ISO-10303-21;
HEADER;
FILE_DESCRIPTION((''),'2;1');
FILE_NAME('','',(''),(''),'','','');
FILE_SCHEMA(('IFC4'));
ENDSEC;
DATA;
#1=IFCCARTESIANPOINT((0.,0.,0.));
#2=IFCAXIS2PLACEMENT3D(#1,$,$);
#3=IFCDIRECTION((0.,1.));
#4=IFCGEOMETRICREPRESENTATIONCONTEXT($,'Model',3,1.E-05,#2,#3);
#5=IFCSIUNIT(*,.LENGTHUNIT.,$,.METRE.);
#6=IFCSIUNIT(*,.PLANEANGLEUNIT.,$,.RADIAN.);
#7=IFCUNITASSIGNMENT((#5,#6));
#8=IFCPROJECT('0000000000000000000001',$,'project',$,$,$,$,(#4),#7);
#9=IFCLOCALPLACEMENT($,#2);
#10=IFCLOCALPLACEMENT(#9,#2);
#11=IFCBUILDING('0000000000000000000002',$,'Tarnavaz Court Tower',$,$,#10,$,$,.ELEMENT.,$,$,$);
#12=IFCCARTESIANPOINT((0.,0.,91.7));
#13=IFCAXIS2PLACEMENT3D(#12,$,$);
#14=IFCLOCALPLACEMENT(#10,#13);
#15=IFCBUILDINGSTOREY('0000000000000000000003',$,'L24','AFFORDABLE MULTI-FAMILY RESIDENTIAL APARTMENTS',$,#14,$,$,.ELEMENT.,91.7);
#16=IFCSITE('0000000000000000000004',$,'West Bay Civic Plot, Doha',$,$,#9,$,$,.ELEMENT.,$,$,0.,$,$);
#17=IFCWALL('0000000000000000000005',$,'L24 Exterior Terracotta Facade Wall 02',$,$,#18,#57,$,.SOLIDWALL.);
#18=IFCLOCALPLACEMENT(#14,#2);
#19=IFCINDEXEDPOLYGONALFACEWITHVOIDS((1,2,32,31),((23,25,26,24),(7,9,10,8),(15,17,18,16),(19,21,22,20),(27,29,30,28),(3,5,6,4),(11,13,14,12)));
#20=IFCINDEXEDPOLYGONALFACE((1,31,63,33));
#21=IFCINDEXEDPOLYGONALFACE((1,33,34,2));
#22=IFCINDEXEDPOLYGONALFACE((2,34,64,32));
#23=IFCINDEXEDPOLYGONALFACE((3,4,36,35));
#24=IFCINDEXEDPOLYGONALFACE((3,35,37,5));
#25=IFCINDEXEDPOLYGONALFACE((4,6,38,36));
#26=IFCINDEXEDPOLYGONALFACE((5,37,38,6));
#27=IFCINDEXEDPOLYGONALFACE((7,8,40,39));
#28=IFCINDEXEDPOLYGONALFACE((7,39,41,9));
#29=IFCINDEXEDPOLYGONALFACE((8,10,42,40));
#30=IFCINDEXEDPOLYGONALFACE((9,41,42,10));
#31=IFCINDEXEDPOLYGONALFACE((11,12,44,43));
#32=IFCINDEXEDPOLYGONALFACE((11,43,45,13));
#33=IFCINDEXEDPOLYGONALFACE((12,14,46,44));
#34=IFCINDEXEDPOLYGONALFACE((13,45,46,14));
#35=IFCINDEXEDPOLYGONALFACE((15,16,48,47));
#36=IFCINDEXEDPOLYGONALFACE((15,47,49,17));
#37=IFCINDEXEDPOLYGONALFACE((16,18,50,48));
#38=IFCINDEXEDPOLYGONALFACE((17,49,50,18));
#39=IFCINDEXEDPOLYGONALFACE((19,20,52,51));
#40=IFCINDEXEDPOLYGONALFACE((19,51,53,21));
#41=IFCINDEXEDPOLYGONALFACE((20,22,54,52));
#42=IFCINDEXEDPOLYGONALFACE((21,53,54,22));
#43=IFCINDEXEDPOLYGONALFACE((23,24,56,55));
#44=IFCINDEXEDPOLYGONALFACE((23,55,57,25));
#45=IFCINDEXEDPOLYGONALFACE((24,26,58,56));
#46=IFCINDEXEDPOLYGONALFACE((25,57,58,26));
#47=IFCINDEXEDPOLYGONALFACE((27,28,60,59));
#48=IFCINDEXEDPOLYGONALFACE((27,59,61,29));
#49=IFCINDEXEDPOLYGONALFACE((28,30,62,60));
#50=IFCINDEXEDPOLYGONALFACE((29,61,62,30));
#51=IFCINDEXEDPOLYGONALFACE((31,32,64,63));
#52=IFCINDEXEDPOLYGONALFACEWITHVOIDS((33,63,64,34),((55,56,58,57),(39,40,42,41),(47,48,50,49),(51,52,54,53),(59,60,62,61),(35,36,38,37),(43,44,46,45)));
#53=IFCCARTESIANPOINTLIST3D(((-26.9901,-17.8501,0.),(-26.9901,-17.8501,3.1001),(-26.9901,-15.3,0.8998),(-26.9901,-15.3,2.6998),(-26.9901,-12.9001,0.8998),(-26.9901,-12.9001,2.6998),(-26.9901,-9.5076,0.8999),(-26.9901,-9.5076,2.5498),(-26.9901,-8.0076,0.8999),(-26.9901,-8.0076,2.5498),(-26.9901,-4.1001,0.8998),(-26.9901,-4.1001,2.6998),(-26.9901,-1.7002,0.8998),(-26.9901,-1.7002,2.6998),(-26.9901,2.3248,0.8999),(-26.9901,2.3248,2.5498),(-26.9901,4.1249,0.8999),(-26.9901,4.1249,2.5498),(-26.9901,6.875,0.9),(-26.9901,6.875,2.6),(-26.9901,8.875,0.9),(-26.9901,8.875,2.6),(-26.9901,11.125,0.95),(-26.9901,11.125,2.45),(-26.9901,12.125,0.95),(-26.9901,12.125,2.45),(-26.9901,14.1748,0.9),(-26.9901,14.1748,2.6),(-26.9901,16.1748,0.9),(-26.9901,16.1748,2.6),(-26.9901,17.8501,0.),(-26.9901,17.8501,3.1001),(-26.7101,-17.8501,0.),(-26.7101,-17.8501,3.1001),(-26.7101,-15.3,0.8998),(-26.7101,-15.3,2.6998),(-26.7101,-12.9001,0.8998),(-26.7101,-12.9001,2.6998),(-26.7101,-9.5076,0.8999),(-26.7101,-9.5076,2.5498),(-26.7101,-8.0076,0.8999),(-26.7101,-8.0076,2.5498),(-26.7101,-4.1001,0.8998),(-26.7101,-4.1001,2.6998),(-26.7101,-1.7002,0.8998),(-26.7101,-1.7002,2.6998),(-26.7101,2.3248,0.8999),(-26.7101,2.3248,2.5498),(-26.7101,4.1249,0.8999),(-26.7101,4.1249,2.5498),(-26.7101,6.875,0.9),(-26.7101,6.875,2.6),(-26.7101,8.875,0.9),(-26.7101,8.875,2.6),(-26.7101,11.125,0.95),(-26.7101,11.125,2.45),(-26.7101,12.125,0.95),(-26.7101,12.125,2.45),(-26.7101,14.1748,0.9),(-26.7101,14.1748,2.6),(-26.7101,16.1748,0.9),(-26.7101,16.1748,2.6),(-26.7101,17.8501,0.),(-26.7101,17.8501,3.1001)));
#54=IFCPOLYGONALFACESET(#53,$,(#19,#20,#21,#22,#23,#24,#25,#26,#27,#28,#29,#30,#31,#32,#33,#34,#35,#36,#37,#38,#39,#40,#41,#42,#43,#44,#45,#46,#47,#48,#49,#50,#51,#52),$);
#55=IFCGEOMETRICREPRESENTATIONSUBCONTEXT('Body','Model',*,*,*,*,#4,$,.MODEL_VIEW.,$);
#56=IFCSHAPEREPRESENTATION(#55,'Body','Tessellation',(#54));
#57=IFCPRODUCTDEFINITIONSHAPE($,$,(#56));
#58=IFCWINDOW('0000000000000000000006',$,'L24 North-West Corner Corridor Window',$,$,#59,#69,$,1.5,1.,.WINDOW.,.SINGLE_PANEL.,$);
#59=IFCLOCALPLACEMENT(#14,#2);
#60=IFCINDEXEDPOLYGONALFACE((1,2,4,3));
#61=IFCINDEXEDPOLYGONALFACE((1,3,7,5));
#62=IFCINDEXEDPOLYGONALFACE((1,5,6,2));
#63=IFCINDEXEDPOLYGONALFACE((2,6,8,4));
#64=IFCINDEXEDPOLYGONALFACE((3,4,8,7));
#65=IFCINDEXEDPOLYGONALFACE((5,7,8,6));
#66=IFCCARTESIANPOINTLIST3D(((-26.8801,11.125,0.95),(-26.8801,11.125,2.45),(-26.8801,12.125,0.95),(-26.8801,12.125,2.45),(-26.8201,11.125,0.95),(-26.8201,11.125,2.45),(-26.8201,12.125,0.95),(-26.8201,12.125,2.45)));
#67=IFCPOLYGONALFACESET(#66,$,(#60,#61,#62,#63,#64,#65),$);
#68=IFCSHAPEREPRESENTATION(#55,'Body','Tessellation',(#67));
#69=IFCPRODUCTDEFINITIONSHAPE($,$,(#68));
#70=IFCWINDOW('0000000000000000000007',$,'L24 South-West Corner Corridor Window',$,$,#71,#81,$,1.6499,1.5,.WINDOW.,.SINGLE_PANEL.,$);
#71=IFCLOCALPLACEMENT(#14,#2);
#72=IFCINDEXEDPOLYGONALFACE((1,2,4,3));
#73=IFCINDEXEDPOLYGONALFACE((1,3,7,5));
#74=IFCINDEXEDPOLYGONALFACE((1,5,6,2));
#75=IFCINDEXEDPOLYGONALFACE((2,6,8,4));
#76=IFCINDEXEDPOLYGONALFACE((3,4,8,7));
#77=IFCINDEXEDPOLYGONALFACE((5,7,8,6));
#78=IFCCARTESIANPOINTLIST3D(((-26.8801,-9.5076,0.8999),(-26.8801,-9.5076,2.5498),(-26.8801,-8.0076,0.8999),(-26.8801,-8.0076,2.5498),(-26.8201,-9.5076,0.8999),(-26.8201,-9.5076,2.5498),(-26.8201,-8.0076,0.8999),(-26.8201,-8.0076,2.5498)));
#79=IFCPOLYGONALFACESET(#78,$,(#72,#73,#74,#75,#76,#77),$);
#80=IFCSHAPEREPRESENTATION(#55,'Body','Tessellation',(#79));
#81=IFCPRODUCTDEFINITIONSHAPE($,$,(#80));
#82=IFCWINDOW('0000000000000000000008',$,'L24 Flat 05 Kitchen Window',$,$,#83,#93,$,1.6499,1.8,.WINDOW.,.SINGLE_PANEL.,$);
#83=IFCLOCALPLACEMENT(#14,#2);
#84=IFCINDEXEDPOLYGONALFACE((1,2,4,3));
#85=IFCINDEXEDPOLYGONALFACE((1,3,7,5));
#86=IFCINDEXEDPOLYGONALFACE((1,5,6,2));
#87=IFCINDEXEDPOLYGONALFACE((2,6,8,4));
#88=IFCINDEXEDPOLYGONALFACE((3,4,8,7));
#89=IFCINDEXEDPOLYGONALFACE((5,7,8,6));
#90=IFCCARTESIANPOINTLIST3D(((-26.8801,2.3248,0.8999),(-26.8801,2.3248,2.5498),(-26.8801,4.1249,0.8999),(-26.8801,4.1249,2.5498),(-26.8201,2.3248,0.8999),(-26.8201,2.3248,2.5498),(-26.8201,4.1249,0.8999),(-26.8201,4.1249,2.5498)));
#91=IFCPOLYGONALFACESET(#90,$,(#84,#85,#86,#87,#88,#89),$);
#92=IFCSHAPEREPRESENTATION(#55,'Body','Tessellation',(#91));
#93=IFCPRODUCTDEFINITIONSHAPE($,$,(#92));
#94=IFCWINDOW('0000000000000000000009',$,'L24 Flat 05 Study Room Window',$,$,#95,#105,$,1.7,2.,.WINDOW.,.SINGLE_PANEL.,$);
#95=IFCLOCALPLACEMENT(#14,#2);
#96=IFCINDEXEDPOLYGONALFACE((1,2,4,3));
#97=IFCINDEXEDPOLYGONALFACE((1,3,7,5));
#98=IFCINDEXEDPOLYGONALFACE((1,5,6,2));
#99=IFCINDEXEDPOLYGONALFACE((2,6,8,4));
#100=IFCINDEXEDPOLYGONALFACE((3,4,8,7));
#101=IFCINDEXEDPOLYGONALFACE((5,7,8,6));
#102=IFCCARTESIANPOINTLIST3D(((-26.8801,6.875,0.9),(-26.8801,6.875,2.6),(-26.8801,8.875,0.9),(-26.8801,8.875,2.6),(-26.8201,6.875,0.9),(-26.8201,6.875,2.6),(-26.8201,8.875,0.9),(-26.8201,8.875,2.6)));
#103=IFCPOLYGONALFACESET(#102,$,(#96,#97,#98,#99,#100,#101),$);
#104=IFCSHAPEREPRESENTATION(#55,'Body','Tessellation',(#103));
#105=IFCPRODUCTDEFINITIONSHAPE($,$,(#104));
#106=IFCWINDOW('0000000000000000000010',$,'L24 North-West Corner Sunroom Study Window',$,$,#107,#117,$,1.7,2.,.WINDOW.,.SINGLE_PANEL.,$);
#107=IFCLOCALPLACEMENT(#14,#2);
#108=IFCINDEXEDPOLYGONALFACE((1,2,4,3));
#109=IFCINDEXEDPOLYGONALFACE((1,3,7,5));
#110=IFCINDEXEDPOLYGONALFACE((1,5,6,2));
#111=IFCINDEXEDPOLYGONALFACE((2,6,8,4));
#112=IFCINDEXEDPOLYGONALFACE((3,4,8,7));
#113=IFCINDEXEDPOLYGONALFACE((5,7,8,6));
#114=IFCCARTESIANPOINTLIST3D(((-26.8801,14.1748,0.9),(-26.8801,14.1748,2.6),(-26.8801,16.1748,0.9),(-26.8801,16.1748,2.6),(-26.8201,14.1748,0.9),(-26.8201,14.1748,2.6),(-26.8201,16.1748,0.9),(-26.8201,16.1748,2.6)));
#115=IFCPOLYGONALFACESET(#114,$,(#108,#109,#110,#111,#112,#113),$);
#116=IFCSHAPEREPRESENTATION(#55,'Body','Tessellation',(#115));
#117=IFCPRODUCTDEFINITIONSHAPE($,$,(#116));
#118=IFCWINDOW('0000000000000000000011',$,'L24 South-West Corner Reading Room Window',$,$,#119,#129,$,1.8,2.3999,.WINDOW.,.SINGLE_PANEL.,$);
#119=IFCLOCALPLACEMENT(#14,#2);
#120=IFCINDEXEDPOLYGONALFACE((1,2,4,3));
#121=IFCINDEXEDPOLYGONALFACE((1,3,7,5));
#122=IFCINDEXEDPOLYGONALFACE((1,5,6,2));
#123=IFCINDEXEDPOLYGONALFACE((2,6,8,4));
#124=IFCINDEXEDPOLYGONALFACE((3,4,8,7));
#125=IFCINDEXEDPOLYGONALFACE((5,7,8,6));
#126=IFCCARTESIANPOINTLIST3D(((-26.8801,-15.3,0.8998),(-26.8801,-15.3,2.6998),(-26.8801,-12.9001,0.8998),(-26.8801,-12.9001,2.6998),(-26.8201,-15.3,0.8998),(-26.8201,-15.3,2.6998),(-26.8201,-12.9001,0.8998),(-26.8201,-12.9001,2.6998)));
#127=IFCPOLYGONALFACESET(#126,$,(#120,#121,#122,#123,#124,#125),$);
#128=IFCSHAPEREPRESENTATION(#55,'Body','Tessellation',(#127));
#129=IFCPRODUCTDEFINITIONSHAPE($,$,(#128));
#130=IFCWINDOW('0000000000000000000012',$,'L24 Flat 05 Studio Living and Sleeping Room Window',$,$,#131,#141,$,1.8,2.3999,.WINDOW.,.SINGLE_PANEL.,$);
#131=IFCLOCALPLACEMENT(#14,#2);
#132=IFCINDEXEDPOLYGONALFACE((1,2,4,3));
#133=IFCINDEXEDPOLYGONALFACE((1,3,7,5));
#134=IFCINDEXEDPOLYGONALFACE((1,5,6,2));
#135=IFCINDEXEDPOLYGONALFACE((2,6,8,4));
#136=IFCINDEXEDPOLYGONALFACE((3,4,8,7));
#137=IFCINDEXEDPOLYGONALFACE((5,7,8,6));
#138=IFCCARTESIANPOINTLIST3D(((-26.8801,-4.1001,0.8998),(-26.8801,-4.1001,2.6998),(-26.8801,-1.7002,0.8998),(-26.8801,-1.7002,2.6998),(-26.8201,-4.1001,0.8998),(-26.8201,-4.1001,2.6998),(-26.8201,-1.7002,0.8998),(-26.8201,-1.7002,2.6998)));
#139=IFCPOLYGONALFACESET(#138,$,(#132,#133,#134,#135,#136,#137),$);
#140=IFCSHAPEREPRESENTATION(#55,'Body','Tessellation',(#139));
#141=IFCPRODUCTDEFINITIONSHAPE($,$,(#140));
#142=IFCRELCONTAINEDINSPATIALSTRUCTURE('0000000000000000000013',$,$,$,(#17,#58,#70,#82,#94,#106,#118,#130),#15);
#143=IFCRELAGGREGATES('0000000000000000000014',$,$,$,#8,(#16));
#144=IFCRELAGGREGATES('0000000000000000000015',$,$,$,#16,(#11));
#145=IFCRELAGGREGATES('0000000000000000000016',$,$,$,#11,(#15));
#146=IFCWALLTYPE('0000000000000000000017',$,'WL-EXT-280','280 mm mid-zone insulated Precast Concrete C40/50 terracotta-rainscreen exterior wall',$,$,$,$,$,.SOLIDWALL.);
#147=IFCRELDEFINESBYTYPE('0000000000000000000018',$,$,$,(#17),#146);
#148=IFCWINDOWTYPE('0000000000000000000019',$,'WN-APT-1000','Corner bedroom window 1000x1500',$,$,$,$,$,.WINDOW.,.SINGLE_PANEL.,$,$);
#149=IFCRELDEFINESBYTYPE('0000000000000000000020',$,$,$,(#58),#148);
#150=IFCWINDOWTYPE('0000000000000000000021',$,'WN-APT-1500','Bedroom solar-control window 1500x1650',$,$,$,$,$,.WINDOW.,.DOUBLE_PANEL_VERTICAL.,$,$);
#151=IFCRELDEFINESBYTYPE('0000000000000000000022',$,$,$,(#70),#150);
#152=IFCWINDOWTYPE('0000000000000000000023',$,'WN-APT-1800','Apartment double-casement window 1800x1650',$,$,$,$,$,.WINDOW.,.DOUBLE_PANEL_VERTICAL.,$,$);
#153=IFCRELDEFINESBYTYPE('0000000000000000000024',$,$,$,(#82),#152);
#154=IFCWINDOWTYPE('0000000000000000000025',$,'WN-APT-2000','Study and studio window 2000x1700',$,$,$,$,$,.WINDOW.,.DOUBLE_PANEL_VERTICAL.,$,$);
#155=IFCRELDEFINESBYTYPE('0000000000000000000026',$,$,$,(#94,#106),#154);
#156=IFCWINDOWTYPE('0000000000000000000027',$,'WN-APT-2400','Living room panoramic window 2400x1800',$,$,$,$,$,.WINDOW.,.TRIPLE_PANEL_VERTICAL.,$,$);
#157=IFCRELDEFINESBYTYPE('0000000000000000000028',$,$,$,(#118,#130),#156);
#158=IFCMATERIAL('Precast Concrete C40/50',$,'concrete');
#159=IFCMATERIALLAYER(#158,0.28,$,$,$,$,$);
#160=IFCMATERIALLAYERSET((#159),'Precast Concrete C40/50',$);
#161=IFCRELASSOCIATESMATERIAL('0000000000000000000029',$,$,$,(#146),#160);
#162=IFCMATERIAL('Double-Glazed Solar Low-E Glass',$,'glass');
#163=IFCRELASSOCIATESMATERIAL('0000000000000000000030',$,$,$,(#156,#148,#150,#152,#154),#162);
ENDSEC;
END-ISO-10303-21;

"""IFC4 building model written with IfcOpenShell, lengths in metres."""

from ifc_helpers import new_model, si_unit, direction, frame, frame_2d, origin, place, context, subcontext, project, spatial, rectangle, extrude, material, layer, layer_set, type_object, element, fill, save


model = new_model("IFC4")

# Units and contexts
model_context = context("Model", 3, precision=1e-05, world=origin(), true_north=direction((0.0, 1.0)))
body_context = subcontext(model_context, "Body", "Model", "MODEL_VIEW")
ifc_project = project(units=[si_unit("LENGTHUNIT", "METRE"), si_unit("PLANEANGLEUNIT", "RADIAN")], contexts=[model_context])

# Site, building, storey
site_placement = place(None, origin())
site = spatial("IfcSite", under=ifc_project, at=site_placement, Name="West Bay Civic Plot, Doha", CompositionType="ELEMENT", RefElevation=0.0)
building_placement = place(site_placement, origin())
building = spatial("IfcBuilding", under=site, at=building_placement, Name="Tarnavaz Court Tower", CompositionType="ELEMENT")
storey_placement = place(building_placement, frame((0.0, 0.0, 91.7)))
storey = spatial("IfcBuildingStorey", under=building, at=storey_placement, Name="L24", Description="AFFORDABLE MULTI-FAMILY RESIDENTIAL APARTMENTS", CompositionType="ELEMENT", Elevation=91.7)

# Shared definitions
ifc_material_1 = material(Name="Precast Concrete C40/50", Category="concrete")
ifc_layer_1 = layer(ifc_material_1, 0.28)
ifc_layer_set_1 = layer_set([ifc_layer_1], Name="Precast Concrete C40/50")
wall_type_1 = type_object("IfcWallType", Name="WL-EXT-280", Description="280 mm mid-zone insulated Precast Concrete C40/50 terracotta-rainscreen exterior wall", PredefinedType="SOLIDWALL", material=ifc_layer_set_1)
ifc_material_2 = material(Name="Double-Glazed Solar Low-E Glass", Category="glass")
window_type_1 = type_object("IfcWindowType", Name="WN-APT-2400", Description="Living room panoramic window 2400x1800", PartitioningType="TRIPLE_PANEL_VERTICAL", PredefinedType="WINDOW", material=ifc_material_2)

# Wall, openings, windows
wall_1_placement = place(storey_placement, frame((-26.8501, -17.8501, 0.0), z_axis=(0.0, 0.0, 1.0), x_axis=(0.0, 1.0, 0.0)))
wall_1 = element("IfcWall", 1, at=wall_1_placement, inside=storey, type_object=wall_type_1, Name="L24 Exterior Terracotta Facade Wall 02", PredefinedType="SOLIDWALL", context=body_context, shape_type="SweptSolid", body=[
    extrude(rectangle(XDim=35.7002, YDim=0.28, at=frame_2d((17.8501, 0.0))), origin(), (0.0, 0.0, 1.0), 3.1001),
])
opening_1_placement = place(wall_1_placement, frame((2.55, 0.0, 0.8999)))
opening_1 = element("IfcOpeningElement", 2, at=opening_1_placement, cuts=wall_1, PredefinedType="OPENING", context=body_context, shape_type="SweptSolid", body=[
    extrude(rectangle(XDim=2.3999, YDim=1.8, at=frame_2d((1.2, 0.8999))), frame((0.0, 0.1499, 0.0), z_axis=(0.0, -1.0, 0.0), x_axis=(1.0, 0.0, 0.0)), (0.0, 0.0, 1.0), 0.3),
])
opening_2_placement = place(wall_1_placement, frame((8.3425, 0.0, 0.8999)))
opening_2 = element("IfcOpeningElement", 3, at=opening_2_placement, cuts=wall_1, PredefinedType="OPENING", context=body_context, shape_type="SweptSolid", body=[
    extrude(rectangle(XDim=1.5, YDim=1.6499, at=frame_2d((0.75, 0.825))), frame((0.0, 0.1499, 0.0), z_axis=(0.0, -1.0, 0.0), x_axis=(1.0, 0.0, 0.0)), (0.0, 0.0, 1.0), 0.3),
])
opening_3_placement = place(wall_1_placement, frame((13.75, 0.0, 0.8999)))
opening_3 = element("IfcOpeningElement", 4, at=opening_3_placement, cuts=wall_1, PredefinedType="OPENING", context=body_context, shape_type="SweptSolid", body=[
    extrude(rectangle(XDim=2.3999, YDim=1.8, at=frame_2d((1.2, 0.8999))), frame((0.0, 0.1499, 0.0), z_axis=(0.0, -1.0, 0.0), x_axis=(1.0, 0.0, 0.0)), (0.0, 0.0, 1.0), 0.3),
])
opening_4_placement = place(wall_1_placement, frame((20.175, 0.0, 0.8999)))
opening_4 = element("IfcOpeningElement", 5, at=opening_4_placement, cuts=wall_1, PredefinedType="OPENING", context=body_context, shape_type="SweptSolid", body=[
    extrude(rectangle(XDim=1.8, YDim=1.6499, at=frame_2d((0.8999, 0.825))), frame((0.0, 0.1499, 0.0), z_axis=(0.0, -1.0, 0.0), x_axis=(1.0, 0.0, 0.0)), (0.0, 0.0, 1.0), 0.3),
])
opening_5_placement = place(wall_1_placement, frame((24.7251, 0.0, 0.8999)))
opening_5 = element("IfcOpeningElement", 6, at=opening_5_placement, cuts=wall_1, PredefinedType="OPENING", context=body_context, shape_type="SweptSolid", body=[
    extrude(rectangle(XDim=2.0, YDim=1.7, at=frame_2d((1.0, 0.8501))), frame((0.0, 0.1499, 0.0), z_axis=(0.0, -1.0, 0.0), x_axis=(1.0, 0.0, 0.0)), (0.0, 0.0, 1.0), 0.3),
])
opening_6_placement = place(wall_1_placement, frame((28.9751, 0.0, 0.95)))
opening_6 = element("IfcOpeningElement", 7, at=opening_6_placement, cuts=wall_1, PredefinedType="OPENING", context=body_context, shape_type="SweptSolid", body=[
    extrude(rectangle(XDim=1.0, YDim=1.5, at=frame_2d((0.5, 0.75))), frame((0.0, 0.1499, 0.0), z_axis=(0.0, -1.0, 0.0), x_axis=(1.0, 0.0, 0.0)), (0.0, 0.0, 1.0), 0.3),
])
opening_7_placement = place(wall_1_placement, frame((32.0249, 0.0, 0.8999)))
opening_7 = element("IfcOpeningElement", 8, at=opening_7_placement, cuts=wall_1, PredefinedType="OPENING", context=body_context, shape_type="SweptSolid", body=[
    extrude(rectangle(XDim=2.0, YDim=1.7, at=frame_2d((1.0, 0.8501))), frame((0.0, 0.1499, 0.0), z_axis=(0.0, -1.0, 0.0), x_axis=(1.0, 0.0, 0.0)), (0.0, 0.0, 1.0), 0.3),
])
window_type_2 = type_object("IfcWindowType", Name="WN-APT-1000", Description="Corner bedroom window 1000x1500", PartitioningType="SINGLE_PANEL", PredefinedType="WINDOW", material=ifc_material_2)
window_1_placement = place(opening_6_placement, origin())
window_1 = element("IfcWindow", 9, at=window_1_placement, inside=storey, type_object=window_type_2, Name="L24 North-West Corner Corridor Window", OverallHeight=1.5, OverallWidth=1.0, PartitioningType="SINGLE_PANEL", PredefinedType="WINDOW", context=body_context, shape_type="SweptSolid", body=[
    extrude(rectangle(XDim=1.0, YDim=1.5, at=frame_2d((0.5, 0.75))), frame((0.0, 0.03, 0.0), z_axis=(0.0, -1.0, 0.0), x_axis=(1.0, 0.0, 0.0)), (0.0, 0.0, 1.0), 0.0601),
])
fill(opening_6, window_1)
window_type_3 = type_object("IfcWindowType", Name="WN-APT-1500", Description="Bedroom solar-control window 1500x1650", PartitioningType="DOUBLE_PANEL_VERTICAL", PredefinedType="WINDOW", material=ifc_material_2)
window_2_placement = place(opening_2_placement, origin())
window_2 = element("IfcWindow", 10, at=window_2_placement, inside=storey, type_object=window_type_3, Name="L24 South-West Corner Corridor Window", OverallHeight=1.6499, OverallWidth=1.5, PartitioningType="SINGLE_PANEL", PredefinedType="WINDOW", context=body_context, shape_type="SweptSolid", body=[
    extrude(rectangle(XDim=1.5, YDim=1.6499, at=frame_2d((0.75, 0.825))), frame((0.0, 0.03, 0.0), z_axis=(0.0, -1.0, 0.0), x_axis=(1.0, 0.0, 0.0)), (0.0, 0.0, 1.0), 0.0601),
])
fill(opening_2, window_2)
window_type_4 = type_object("IfcWindowType", Name="WN-APT-1800", Description="Apartment double-casement window 1800x1650", PartitioningType="DOUBLE_PANEL_VERTICAL", PredefinedType="WINDOW", material=ifc_material_2)
window_3_placement = place(opening_4_placement, origin())
window_3 = element("IfcWindow", 11, at=window_3_placement, inside=storey, type_object=window_type_4, Name="L24 Flat 05 Kitchen Window", OverallHeight=1.6499, OverallWidth=1.8, PartitioningType="SINGLE_PANEL", PredefinedType="WINDOW", context=body_context, shape_type="SweptSolid", body=[
    extrude(rectangle(XDim=1.8, YDim=1.6499, at=frame_2d((0.8999, 0.825))), frame((0.0, 0.03, 0.0), z_axis=(0.0, -1.0, 0.0), x_axis=(1.0, 0.0, 0.0)), (0.0, 0.0, 1.0), 0.0601),
])
fill(opening_4, window_3)
window_type_5 = type_object("IfcWindowType", Name="WN-APT-2000", Description="Study and studio window 2000x1700", PartitioningType="DOUBLE_PANEL_VERTICAL", PredefinedType="WINDOW", material=ifc_material_2)
window_4_placement = place(opening_5_placement, origin())
window_4 = element("IfcWindow", 12, at=window_4_placement, inside=storey, type_object=window_type_5, Name="L24 Flat 05 Study Room Window", OverallHeight=1.7, OverallWidth=2.0, PartitioningType="SINGLE_PANEL", PredefinedType="WINDOW", context=body_context, shape_type="SweptSolid", body=[
    extrude(rectangle(XDim=2.0, YDim=1.7, at=frame_2d((1.0, 0.8501))), frame((0.0, 0.03, 0.0), z_axis=(0.0, -1.0, 0.0), x_axis=(1.0, 0.0, 0.0)), (0.0, 0.0, 1.0), 0.0601),
])
fill(opening_5, window_4)
window_5_placement = place(opening_7_placement, origin())
window_5 = element("IfcWindow", 13, at=window_5_placement, inside=storey, type_object=window_type_5, Name="L24 North-West Corner Sunroom Study Window", OverallHeight=1.7, OverallWidth=2.0, PartitioningType="SINGLE_PANEL", PredefinedType="WINDOW", context=body_context, shape_type="SweptSolid", body=[
    extrude(rectangle(XDim=2.0, YDim=1.7, at=frame_2d((1.0, 0.8501))), frame((0.0, 0.03, 0.0), z_axis=(0.0, -1.0, 0.0), x_axis=(1.0, 0.0, 0.0)), (0.0, 0.0, 1.0), 0.0601),
])
fill(opening_7, window_5)
window_6_placement = place(opening_1_placement, origin())
window_6 = element("IfcWindow", 14, at=window_6_placement, inside=storey, type_object=window_type_1, Name="L24 South-West Corner Reading Room Window", OverallHeight=1.8, OverallWidth=2.3999, PartitioningType="SINGLE_PANEL", PredefinedType="WINDOW", context=body_context, shape_type="SweptSolid", body=[
    extrude(rectangle(XDim=2.3999, YDim=1.8, at=frame_2d((1.2, 0.8999))), frame((0.0, 0.03, 0.0), z_axis=(0.0, -1.0, 0.0), x_axis=(1.0, 0.0, 0.0)), (0.0, 0.0, 1.0), 0.0601),
])
fill(opening_1, window_6)
window_7_placement = place(opening_3_placement, origin())
window_7 = element("IfcWindow", 15, at=window_7_placement, inside=storey, type_object=window_type_1, Name="L24 Flat 05 Studio Living and Sleeping Room Window", OverallHeight=1.8, OverallWidth=2.3999, PartitioningType="SINGLE_PANEL", PredefinedType="WINDOW", context=body_context, shape_type="SweptSolid", body=[
    extrude(rectangle(XDim=2.3999, YDim=1.8, at=frame_2d((1.2, 0.8999))), frame((0.0, 0.03, 0.0), z_axis=(0.0, -1.0, 0.0), x_axis=(1.0, 0.0, 0.0)), (0.0, 0.0, 1.0), 0.0601),
])
fill(opening_3, window_7)

save(model, "model.ifc")
